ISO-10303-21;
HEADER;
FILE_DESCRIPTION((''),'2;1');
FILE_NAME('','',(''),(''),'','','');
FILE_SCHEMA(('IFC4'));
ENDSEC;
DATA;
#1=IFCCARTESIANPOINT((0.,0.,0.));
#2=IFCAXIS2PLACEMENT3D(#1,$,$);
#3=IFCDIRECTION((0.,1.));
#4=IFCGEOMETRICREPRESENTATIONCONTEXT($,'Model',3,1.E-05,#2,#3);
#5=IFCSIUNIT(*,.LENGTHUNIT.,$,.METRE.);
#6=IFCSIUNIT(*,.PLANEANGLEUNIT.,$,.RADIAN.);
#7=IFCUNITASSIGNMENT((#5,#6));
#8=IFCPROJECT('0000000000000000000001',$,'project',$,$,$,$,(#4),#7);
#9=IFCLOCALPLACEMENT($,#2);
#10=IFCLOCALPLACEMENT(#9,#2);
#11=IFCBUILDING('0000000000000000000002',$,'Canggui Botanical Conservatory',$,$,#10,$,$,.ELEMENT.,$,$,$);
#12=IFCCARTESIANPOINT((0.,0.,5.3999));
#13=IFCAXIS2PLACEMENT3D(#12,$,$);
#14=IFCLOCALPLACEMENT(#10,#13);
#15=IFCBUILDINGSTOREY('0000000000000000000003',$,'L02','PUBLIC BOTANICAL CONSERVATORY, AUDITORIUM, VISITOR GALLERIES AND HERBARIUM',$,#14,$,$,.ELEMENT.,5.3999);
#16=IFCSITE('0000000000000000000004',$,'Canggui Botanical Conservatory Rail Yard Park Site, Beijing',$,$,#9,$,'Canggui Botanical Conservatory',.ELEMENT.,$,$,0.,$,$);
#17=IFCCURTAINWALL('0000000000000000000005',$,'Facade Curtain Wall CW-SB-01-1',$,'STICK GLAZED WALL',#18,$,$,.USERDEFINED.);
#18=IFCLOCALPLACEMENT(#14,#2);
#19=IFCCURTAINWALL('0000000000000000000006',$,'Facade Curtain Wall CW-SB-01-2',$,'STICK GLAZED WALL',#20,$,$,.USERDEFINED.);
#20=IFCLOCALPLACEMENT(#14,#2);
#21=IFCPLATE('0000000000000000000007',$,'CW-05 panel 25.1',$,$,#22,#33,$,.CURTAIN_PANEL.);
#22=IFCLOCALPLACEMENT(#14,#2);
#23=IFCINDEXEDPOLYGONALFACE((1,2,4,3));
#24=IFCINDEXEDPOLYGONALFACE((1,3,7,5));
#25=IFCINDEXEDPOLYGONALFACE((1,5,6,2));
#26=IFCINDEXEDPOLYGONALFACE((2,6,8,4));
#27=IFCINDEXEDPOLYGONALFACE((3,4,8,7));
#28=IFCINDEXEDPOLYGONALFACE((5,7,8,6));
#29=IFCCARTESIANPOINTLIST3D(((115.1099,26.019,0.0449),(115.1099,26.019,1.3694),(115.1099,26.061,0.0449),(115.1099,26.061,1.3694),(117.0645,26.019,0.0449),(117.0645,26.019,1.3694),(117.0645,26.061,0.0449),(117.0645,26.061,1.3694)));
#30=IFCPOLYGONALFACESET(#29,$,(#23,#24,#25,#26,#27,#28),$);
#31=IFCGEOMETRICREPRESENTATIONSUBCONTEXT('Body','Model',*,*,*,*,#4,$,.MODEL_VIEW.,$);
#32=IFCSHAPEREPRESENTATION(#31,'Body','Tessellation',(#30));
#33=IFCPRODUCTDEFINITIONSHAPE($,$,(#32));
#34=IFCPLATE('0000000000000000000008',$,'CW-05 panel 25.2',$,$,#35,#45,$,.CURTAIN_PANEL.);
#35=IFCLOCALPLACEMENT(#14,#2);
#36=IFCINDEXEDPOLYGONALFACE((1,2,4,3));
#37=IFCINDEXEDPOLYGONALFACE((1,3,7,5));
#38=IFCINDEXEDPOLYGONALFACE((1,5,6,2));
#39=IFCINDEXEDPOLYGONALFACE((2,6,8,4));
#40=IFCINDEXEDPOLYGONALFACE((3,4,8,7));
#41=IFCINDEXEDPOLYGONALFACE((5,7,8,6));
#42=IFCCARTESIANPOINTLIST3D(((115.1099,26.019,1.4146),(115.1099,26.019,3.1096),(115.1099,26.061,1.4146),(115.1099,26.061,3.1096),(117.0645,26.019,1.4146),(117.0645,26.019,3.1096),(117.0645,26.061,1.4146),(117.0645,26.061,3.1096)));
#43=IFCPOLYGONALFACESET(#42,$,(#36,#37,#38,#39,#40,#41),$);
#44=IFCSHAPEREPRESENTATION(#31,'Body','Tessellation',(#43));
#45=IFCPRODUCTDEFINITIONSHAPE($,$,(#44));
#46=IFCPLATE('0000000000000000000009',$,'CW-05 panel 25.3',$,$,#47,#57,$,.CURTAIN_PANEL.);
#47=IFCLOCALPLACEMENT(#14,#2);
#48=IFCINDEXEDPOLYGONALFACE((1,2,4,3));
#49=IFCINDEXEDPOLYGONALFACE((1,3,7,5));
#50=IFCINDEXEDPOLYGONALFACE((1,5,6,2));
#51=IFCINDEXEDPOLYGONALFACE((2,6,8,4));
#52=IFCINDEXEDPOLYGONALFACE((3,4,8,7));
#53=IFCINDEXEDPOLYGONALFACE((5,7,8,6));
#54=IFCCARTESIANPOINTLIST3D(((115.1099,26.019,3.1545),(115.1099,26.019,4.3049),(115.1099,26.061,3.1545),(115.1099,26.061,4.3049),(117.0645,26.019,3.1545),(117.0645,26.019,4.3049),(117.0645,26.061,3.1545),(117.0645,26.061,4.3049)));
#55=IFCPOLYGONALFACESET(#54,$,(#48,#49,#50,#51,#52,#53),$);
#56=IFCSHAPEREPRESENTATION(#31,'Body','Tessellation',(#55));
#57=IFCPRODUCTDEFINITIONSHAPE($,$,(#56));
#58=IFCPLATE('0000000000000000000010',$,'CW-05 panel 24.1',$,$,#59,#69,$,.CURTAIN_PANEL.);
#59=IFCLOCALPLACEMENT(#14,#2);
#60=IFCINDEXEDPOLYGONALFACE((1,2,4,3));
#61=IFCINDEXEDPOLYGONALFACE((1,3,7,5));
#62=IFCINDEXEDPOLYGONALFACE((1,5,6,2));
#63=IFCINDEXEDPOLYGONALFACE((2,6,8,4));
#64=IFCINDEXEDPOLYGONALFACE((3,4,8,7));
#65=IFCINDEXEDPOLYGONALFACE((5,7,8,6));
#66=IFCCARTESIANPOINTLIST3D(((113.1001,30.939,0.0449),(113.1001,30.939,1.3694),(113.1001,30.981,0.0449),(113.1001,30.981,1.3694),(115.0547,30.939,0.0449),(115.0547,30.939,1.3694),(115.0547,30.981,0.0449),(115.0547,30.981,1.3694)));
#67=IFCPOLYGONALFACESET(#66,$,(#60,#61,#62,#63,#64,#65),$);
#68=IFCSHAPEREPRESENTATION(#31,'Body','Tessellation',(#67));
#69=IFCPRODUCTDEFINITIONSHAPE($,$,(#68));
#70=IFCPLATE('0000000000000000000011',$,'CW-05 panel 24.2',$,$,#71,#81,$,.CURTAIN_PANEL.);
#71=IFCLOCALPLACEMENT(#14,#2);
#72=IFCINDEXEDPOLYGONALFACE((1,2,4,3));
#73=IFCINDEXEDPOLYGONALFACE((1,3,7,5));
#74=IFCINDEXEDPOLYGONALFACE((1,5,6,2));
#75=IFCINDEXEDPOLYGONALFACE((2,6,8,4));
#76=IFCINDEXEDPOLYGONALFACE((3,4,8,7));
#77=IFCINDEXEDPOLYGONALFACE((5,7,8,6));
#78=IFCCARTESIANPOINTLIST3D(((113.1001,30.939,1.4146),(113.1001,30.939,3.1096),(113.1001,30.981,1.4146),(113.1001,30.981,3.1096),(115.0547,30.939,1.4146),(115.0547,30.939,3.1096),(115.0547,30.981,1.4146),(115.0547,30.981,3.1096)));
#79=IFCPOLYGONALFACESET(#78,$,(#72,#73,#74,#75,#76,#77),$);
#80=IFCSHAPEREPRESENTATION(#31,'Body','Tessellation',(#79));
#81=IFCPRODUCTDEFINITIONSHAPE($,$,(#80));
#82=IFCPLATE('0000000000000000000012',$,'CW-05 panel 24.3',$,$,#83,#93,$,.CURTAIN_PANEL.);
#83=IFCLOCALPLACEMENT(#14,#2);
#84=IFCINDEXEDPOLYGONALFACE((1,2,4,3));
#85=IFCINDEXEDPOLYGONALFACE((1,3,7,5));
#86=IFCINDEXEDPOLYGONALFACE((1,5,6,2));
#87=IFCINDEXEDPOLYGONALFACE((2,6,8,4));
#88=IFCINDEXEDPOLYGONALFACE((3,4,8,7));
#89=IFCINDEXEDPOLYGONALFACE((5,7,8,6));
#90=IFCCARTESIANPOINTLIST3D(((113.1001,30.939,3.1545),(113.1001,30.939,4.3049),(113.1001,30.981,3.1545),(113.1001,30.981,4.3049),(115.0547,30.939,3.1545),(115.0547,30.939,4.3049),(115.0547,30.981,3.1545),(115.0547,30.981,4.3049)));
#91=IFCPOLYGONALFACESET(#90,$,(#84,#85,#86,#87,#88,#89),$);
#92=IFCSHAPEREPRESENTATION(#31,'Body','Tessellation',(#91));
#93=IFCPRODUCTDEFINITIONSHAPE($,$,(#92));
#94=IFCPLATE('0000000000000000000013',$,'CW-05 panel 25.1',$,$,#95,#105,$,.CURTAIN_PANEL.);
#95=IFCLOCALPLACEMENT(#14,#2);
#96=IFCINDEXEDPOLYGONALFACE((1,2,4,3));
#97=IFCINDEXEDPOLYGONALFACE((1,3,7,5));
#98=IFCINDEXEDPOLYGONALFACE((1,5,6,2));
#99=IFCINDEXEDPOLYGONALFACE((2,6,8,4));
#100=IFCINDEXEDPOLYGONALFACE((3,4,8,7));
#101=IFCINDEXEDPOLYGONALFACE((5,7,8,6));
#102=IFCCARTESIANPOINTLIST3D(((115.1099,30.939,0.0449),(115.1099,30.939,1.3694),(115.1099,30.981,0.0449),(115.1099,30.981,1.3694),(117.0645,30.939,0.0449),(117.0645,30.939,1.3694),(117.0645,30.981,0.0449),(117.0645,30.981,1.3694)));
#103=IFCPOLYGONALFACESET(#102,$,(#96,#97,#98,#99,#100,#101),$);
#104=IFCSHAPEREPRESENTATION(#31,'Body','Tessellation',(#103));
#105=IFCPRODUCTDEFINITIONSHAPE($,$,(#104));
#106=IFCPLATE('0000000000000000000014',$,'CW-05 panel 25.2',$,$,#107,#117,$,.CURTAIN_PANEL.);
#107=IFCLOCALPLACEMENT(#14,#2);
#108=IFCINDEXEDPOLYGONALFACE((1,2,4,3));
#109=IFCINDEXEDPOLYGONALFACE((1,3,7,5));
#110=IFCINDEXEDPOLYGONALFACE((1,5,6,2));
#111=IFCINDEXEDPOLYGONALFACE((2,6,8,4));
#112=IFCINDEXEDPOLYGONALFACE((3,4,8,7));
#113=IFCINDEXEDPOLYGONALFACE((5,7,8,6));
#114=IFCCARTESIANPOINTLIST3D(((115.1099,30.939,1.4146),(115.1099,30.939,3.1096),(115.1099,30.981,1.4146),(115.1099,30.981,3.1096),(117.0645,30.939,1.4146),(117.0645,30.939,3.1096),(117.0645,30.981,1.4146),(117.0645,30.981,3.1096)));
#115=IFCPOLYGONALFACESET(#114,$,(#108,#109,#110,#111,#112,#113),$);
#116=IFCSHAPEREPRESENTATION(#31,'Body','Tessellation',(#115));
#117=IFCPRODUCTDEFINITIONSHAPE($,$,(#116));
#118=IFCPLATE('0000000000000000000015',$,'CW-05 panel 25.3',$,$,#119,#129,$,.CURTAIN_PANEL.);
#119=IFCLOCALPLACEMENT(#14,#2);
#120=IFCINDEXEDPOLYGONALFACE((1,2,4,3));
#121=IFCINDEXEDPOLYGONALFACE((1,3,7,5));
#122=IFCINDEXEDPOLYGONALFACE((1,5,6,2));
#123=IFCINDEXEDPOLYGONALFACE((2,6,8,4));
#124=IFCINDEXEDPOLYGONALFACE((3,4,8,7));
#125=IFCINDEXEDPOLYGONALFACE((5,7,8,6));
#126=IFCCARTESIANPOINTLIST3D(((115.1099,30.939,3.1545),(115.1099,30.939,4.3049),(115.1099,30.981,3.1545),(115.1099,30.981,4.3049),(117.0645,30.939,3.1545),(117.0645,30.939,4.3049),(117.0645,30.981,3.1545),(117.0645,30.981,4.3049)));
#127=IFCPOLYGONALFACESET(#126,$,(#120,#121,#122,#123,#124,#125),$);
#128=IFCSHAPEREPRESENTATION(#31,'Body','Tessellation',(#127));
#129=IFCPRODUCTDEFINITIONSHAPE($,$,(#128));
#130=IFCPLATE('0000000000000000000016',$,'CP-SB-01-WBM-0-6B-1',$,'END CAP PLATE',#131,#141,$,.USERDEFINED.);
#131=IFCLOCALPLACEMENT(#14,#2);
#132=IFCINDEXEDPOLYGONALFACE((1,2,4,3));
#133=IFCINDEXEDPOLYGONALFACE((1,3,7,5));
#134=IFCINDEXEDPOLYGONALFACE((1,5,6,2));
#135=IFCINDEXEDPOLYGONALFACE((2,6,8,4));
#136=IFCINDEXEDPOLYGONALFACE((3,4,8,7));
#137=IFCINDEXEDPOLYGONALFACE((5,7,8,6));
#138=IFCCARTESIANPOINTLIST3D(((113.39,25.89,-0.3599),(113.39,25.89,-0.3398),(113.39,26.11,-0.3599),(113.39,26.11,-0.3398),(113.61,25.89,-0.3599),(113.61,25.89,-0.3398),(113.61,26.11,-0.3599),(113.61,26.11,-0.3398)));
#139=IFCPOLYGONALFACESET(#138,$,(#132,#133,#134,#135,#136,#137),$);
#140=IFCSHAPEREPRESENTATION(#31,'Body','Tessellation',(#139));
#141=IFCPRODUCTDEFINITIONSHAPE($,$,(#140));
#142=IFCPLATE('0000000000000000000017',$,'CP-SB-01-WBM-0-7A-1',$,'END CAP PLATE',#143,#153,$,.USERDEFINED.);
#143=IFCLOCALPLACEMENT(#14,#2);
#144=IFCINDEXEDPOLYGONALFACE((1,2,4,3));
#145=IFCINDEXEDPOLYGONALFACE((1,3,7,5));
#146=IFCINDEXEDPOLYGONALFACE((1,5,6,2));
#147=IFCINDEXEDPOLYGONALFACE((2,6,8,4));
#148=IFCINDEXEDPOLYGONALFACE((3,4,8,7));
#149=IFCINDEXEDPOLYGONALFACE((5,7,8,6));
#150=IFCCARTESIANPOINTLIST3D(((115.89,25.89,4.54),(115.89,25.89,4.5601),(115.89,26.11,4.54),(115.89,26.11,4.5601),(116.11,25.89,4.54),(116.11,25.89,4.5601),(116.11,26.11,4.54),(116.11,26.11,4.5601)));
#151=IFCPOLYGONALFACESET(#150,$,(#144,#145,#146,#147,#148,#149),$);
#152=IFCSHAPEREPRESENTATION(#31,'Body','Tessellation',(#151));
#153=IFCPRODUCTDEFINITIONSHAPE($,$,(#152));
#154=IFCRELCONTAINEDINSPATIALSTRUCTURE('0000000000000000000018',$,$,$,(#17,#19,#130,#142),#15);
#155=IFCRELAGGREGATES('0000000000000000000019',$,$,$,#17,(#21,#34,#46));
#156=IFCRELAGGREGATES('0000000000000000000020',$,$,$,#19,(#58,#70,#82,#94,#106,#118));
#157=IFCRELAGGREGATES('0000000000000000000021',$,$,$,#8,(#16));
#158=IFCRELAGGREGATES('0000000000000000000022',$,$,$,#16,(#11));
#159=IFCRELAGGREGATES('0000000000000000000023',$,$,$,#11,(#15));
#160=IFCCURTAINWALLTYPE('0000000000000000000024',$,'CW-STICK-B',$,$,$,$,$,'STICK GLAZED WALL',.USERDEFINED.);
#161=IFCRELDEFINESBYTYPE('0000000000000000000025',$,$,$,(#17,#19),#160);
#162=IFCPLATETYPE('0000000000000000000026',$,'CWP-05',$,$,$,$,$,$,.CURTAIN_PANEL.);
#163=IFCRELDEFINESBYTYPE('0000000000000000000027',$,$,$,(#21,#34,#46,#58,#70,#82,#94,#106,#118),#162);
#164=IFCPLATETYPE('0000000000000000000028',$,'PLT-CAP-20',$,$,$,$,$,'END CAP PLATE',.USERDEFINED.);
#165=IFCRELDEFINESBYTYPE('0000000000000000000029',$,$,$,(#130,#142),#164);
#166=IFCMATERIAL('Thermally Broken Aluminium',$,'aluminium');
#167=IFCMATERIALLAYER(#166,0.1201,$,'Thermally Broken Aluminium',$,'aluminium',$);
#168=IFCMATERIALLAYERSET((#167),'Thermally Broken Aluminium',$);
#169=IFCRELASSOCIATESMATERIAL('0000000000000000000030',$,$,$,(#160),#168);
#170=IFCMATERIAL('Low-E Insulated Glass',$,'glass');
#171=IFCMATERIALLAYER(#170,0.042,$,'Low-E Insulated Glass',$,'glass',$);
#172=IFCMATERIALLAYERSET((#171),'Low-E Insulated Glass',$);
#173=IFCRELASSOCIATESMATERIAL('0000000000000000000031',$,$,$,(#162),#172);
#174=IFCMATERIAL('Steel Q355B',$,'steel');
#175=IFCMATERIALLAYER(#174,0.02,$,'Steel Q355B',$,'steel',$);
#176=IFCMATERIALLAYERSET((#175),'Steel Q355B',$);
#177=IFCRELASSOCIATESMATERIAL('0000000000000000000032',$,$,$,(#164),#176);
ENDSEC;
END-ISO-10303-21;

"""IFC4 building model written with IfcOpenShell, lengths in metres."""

from ifc_helpers import new_model, si_unit, direction, frame, origin, origin_2d, place, context, subcontext, project, spatial, rectangle, extrude, material, layer, layer_set, type_object, element, aggregate, save


model = new_model("IFC4")

# Units and contexts
model_context = context("Model", 3, precision=1e-05, world=origin(), true_north=direction((0.0, 1.0)))
body_context = subcontext(model_context, "Body", "Model", "MODEL_VIEW")
ifc_project = project(units=[si_unit("LENGTHUNIT", "METRE"), si_unit("PLANEANGLEUNIT", "RADIAN")], contexts=[model_context])

# Site, building, storey
site_placement = place(None, origin())
site = spatial("IfcSite", under=ifc_project, at=site_placement, Name="Canggui Botanical Conservatory Rail Yard Park Site, Beijing", LongName="Canggui Botanical Conservatory", CompositionType="ELEMENT", RefElevation=0.0)
building_placement = place(site_placement, origin())
building = spatial("IfcBuilding", under=site, at=building_placement, Name="Canggui Botanical Conservatory", CompositionType="ELEMENT")
storey_placement = place(building_placement, frame((0.0, 0.0, 5.3999)))
storey = spatial("IfcBuildingStorey", under=building, at=storey_placement, Name="L02", Description="PUBLIC BOTANICAL CONSERVATORY, AUDITORIUM, VISITOR GALLERIES AND HERBARIUM", CompositionType="ELEMENT", Elevation=5.3999)

# Shared definitions
ifc_material_1 = material(Name="Steel Q355B", Category="steel")

# Curtain walls
ifc_material_2 = material(Name="Thermally Broken Aluminium", Category="aluminium")
ifc_layer_1 = layer(ifc_material_2, 0.1201, Name="Thermally Broken Aluminium", Category="aluminium")
ifc_layer_set_1 = layer_set([ifc_layer_1], Name="Thermally Broken Aluminium")
curtain_wall_type = type_object("IfcCurtainWallType", Name="CW-STICK-B", ElementType="STICK GLAZED WALL", PredefinedType="USERDEFINED", material=ifc_layer_set_1)
curtain_wall_1_placement = place(storey_placement, origin())
curtain_wall_1 = element("IfcCurtainWall", 1, at=curtain_wall_1_placement, inside=storey, type_object=curtain_wall_type, Name="Facade Curtain Wall CW-SB-01-1", ObjectType="STICK GLAZED WALL", PredefinedType="USERDEFINED")
curtain_wall_2_placement = place(storey_placement, origin())
curtain_wall_2 = element("IfcCurtainWall", 2, at=curtain_wall_2_placement, inside=storey, type_object=curtain_wall_type, Name="Facade Curtain Wall CW-SB-01-2", ObjectType="STICK GLAZED WALL", PredefinedType="USERDEFINED")

# Plates
ifc_material_3 = material(Name="Low-E Insulated Glass", Category="glass")
ifc_layer_2 = layer(ifc_material_3, 0.042, Name="Low-E Insulated Glass", Category="glass")
ifc_layer_set_2 = layer_set([ifc_layer_2], Name="Low-E Insulated Glass")
plate_type_1 = type_object("IfcPlateType", Name="CWP-05", PredefinedType="CURTAIN_PANEL", material=ifc_layer_set_2)
plate_1_placement = place(storey_placement, frame((116.0872, 26.04, 0.0449), z_axis=(0.0, 0.0, 1.0), x_axis=(1.0, 0.0, 0.0)))
plate_1 = element("IfcPlate", 3, at=plate_1_placement, type_object=plate_type_1, Name="CW-05 panel 25.1", PredefinedType="CURTAIN_PANEL", context=body_context, shape_type="SweptSolid", body=[
    extrude(rectangle(XDim=1.9546, YDim=0.042, at=origin_2d()), origin(), (0.0, 0.0, 1.0), 1.3245),
])
plate_2_placement = place(storey_placement, frame((116.0872, 26.04, 1.4146), z_axis=(0.0, 0.0, 1.0), x_axis=(1.0, 0.0, 0.0)))
plate_2 = element("IfcPlate", 4, at=plate_2_placement, type_object=plate_type_1, Name="CW-05 panel 25.2", PredefinedType="CURTAIN_PANEL", context=body_context, shape_type="SweptSolid", body=[
    extrude(rectangle(XDim=1.9546, YDim=0.042, at=origin_2d()), origin(), (0.0, 0.0, 1.0), 1.6951),
])
plate_3_placement = place(storey_placement, frame((116.0872, 26.04, 3.1545), z_axis=(0.0, 0.0, 1.0), x_axis=(1.0, 0.0, 0.0)))
plate_3 = element("IfcPlate", 5, at=plate_3_placement, type_object=plate_type_1, Name="CW-05 panel 25.3", PredefinedType="CURTAIN_PANEL", context=body_context, shape_type="SweptSolid", body=[
    extrude(rectangle(XDim=1.9546, YDim=0.042, at=origin_2d()), origin(), (0.0, 0.0, 1.0), 1.1504),
])
aggregate(curtain_wall_1, [plate_1, plate_2, plate_3])
plate_4_placement = place(storey_placement, frame((114.0774, 30.96, 0.0449), z_axis=(0.0, 0.0, 1.0), x_axis=(1.0, 0.0, 0.0)))
plate_4 = element("IfcPlate", 6, at=plate_4_placement, type_object=plate_type_1, Name="CW-05 panel 24.1", PredefinedType="CURTAIN_PANEL", context=body_context, shape_type="SweptSolid", body=[
    extrude(rectangle(XDim=1.9546, YDim=0.042, at=origin_2d()), origin(), (0.0, 0.0, 1.0), 1.3245),
])
plate_5_placement = place(storey_placement, frame((114.0774, 30.96, 1.4146), z_axis=(0.0, 0.0, 1.0), x_axis=(1.0, 0.0, 0.0)))
plate_5 = element("IfcPlate", 7, at=plate_5_placement, type_object=plate_type_1, Name="CW-05 panel 24.2", PredefinedType="CURTAIN_PANEL", context=body_context, shape_type="SweptSolid", body=[
    extrude(rectangle(XDim=1.9546, YDim=0.042, at=origin_2d()), origin(), (0.0, 0.0, 1.0), 1.6951),
])
plate_6_placement = place(storey_placement, frame((114.0774, 30.96, 3.1545), z_axis=(0.0, 0.0, 1.0), x_axis=(1.0, 0.0, 0.0)))
plate_6 = element("IfcPlate", 8, at=plate_6_placement, type_object=plate_type_1, Name="CW-05 panel 24.3", PredefinedType="CURTAIN_PANEL", context=body_context, shape_type="SweptSolid", body=[
    extrude(rectangle(XDim=1.9546, YDim=0.042, at=origin_2d()), origin(), (0.0, 0.0, 1.0), 1.1504),
])
plate_7_placement = place(storey_placement, frame((116.0872, 30.96, 0.0449), z_axis=(0.0, 0.0, 1.0), x_axis=(1.0, 0.0, 0.0)))
plate_7 = element("IfcPlate", 9, at=plate_7_placement, type_object=plate_type_1, Name="CW-05 panel 25.1", PredefinedType="CURTAIN_PANEL", context=body_context, shape_type="SweptSolid", body=[
    extrude(rectangle(XDim=1.9546, YDim=0.042, at=origin_2d()), origin(), (0.0, 0.0, 1.0), 1.3245),
])
plate_8_placement = place(storey_placement, frame((116.0872, 30.96, 1.4146), z_axis=(0.0, 0.0, 1.0), x_axis=(1.0, 0.0, 0.0)))
plate_8 = element("IfcPlate", 10, at=plate_8_placement, type_object=plate_type_1, Name="CW-05 panel 25.2", PredefinedType="CURTAIN_PANEL", context=body_context, shape_type="SweptSolid", body=[
    extrude(rectangle(XDim=1.9546, YDim=0.042, at=origin_2d()), origin(), (0.0, 0.0, 1.0), 1.6951),
])
plate_9_placement = place(storey_placement, frame((116.0872, 30.96, 3.1545), z_axis=(0.0, 0.0, 1.0), x_axis=(1.0, 0.0, 0.0)))
plate_9 = element("IfcPlate", 11, at=plate_9_placement, type_object=plate_type_1, Name="CW-05 panel 25.3", PredefinedType="CURTAIN_PANEL", context=body_context, shape_type="SweptSolid", body=[
    extrude(rectangle(XDim=1.9546, YDim=0.042, at=origin_2d()), origin(), (0.0, 0.0, 1.0), 1.1504),
])
aggregate(curtain_wall_2, [plate_4, plate_5, plate_6, plate_7, plate_8, plate_9])

# Plates
ifc_layer_3 = layer(ifc_material_1, 0.02, Name="Steel Q355B", Category="steel")
ifc_layer_set_3 = layer_set([ifc_layer_3], Name="Steel Q355B")
plate_type_2 = type_object("IfcPlateType", Name="PLT-CAP-20", ElementType="END CAP PLATE", PredefinedType="USERDEFINED", material=ifc_layer_set_3)
for number, where, z_axis, x_axis, name in (
    (12, (113.5, 26.0, -0.3599), (0.0, 0.0, 1.0), (1.0, 0.0, 0.0), "CP-SB-01-WBM-0-6B-1"),
    (13, (116.0, 26.0, 4.54), (0.0, 0.0, 1.0), (1.0, 0.0, 0.0), "CP-SB-01-WBM-0-7A-1"),
):
    element("IfcPlate", number, at=place(storey_placement, frame(where, z_axis=z_axis, x_axis=x_axis)), inside=storey, type_object=plate_type_2, Name=name, ObjectType="END CAP PLATE", PredefinedType="USERDEFINED", context=body_context, shape_type="SweptSolid", body=[
        extrude(rectangle(XDim=0.22, YDim=0.22, at=origin_2d()), origin(), (0.0, 0.0, 1.0), 0.02),
    ])

save(model, "model.ifc")
